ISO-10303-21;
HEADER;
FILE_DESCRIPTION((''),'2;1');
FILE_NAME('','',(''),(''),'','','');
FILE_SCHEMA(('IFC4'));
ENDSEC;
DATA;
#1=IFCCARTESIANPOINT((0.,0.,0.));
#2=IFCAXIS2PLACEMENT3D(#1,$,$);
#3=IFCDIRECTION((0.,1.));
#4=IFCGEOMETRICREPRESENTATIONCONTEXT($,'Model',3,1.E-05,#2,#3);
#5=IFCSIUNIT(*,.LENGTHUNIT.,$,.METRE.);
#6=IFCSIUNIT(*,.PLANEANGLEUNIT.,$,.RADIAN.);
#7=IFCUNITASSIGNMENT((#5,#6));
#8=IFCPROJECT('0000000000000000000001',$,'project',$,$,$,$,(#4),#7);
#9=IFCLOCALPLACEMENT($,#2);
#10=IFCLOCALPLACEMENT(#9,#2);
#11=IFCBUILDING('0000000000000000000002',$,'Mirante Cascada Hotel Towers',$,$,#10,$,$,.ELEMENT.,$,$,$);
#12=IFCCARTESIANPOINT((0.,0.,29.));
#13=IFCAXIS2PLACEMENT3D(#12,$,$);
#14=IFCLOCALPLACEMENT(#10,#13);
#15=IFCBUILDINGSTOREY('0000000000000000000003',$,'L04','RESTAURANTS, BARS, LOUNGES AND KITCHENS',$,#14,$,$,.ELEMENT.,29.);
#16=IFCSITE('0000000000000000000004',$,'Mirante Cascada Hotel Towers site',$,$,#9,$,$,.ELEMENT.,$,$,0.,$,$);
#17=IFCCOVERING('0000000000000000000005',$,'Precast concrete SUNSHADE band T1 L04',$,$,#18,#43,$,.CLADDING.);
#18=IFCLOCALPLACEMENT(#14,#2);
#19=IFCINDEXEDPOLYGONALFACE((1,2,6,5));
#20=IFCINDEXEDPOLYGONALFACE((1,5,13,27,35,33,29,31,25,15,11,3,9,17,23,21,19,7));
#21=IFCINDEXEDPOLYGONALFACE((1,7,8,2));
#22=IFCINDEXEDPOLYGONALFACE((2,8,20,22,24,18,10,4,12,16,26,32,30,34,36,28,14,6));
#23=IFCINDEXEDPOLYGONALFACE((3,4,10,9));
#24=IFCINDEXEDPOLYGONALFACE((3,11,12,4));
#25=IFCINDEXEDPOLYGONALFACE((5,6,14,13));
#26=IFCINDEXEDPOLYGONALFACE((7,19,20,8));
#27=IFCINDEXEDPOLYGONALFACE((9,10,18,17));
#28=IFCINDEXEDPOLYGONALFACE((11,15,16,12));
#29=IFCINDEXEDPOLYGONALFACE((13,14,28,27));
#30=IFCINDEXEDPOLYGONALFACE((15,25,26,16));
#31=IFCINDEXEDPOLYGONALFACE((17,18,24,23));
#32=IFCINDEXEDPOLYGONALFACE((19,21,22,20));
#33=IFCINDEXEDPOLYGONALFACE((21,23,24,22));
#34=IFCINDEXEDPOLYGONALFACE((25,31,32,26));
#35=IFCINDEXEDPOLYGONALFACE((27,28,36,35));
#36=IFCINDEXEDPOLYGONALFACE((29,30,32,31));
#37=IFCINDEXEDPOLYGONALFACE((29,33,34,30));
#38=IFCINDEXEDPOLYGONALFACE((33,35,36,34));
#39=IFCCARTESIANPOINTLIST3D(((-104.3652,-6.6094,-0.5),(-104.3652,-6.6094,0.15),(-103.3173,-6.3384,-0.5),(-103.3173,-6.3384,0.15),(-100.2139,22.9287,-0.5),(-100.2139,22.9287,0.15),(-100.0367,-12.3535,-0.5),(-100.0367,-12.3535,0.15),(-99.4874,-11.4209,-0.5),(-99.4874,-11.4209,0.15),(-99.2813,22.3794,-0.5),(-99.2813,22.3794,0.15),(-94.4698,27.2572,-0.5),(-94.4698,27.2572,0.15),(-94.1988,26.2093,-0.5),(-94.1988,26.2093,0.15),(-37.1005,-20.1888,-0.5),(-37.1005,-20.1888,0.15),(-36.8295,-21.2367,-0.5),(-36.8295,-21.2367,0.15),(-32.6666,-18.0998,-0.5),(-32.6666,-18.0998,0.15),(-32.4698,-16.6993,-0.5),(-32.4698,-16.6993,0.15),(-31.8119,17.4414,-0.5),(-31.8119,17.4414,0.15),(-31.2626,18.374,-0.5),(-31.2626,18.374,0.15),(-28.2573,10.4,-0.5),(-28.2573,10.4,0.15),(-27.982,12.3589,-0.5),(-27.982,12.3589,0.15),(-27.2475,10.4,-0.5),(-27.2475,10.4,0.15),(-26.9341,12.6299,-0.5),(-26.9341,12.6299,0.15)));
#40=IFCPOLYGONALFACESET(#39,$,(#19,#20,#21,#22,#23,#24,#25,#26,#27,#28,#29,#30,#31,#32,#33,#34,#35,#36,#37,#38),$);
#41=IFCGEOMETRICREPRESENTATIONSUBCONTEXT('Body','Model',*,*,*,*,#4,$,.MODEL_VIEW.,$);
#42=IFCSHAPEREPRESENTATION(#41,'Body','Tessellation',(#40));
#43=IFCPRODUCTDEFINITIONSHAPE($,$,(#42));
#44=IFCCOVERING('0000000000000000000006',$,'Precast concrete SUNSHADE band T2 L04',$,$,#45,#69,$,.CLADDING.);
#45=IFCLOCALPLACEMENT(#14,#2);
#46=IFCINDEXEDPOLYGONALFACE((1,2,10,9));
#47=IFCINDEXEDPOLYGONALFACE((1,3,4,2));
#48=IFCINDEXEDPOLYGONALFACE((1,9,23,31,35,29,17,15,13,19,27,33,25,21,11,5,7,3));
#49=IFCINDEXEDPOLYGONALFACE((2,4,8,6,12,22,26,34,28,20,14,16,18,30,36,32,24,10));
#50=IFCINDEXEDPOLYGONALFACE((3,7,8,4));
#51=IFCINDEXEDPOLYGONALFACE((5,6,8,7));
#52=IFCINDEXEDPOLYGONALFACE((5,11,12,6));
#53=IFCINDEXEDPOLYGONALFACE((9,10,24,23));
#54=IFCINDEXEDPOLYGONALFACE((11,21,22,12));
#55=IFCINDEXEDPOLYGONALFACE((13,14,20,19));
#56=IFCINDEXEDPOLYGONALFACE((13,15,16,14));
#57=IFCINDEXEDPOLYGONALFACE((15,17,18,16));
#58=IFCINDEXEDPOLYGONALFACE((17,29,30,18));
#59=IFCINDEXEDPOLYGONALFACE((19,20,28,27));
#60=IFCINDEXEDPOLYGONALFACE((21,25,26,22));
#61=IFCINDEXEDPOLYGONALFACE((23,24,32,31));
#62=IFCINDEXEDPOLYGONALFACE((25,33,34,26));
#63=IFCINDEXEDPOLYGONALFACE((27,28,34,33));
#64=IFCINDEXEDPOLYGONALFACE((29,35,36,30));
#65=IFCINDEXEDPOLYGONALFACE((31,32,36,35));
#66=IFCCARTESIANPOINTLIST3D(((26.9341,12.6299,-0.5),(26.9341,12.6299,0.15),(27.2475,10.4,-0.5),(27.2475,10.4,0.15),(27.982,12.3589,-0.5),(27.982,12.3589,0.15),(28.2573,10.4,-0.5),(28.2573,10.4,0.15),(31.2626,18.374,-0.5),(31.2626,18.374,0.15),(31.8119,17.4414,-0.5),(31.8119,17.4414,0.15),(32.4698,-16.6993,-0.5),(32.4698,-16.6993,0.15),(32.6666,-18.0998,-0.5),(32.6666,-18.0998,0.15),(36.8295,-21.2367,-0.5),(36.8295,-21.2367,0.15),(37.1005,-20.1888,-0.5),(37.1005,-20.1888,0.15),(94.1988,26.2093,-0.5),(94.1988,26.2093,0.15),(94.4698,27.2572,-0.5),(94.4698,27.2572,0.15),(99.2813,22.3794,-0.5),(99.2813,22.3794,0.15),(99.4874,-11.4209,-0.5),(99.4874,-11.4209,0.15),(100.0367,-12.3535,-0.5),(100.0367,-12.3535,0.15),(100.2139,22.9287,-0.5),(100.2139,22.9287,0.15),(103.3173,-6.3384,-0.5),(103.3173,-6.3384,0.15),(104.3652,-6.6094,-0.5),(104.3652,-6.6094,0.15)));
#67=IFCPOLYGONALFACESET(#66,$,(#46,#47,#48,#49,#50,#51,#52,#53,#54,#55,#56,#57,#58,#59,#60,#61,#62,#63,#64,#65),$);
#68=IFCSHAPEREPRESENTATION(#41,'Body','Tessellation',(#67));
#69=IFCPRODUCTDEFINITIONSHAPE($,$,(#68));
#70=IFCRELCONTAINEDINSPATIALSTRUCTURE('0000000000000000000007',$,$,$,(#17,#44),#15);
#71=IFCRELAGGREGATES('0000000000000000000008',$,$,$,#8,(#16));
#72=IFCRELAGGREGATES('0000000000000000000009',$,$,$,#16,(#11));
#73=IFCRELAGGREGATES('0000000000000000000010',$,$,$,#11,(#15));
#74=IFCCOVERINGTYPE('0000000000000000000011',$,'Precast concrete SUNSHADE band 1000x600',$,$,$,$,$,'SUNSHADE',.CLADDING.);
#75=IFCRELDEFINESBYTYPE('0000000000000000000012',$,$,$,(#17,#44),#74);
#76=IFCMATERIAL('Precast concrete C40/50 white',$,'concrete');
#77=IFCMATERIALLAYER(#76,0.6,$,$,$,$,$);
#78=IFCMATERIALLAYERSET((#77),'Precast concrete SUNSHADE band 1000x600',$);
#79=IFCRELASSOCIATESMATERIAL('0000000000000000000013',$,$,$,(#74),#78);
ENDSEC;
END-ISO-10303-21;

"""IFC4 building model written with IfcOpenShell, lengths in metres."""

from ifc_helpers import new_model, si_unit, direction, frame, origin, place, context, subcontext, project, spatial, polyline, outline, extrude, material, layer, layer_set, type_object, element, save


model = new_model("IFC4")

# Units and contexts
model_context = context("Model", 3, precision=1e-05, world=origin(), true_north=direction((0.0, 1.0)))
body_context = subcontext(model_context, "Body", "Model", "MODEL_VIEW")
ifc_project = project(units=[si_unit("LENGTHUNIT", "METRE"), si_unit("PLANEANGLEUNIT", "RADIAN")], contexts=[model_context])

# Site, building, storey
site_placement = place(None, origin())
site = spatial("IfcSite", under=ifc_project, at=site_placement, Name="Mirante Cascada Hotel Towers site", CompositionType="ELEMENT", RefElevation=0.0)
building_placement = place(site_placement, origin())
building = spatial("IfcBuilding", under=site, at=building_placement, Name="Mirante Cascada Hotel Towers", CompositionType="ELEMENT")
storey_placement = place(building_placement, frame((0.0, 0.0, 29.0)))
storey = spatial("IfcBuildingStorey", under=building, at=storey_placement, Name="L04", Description="RESTAURANTS, BARS, LOUNGES AND KITCHENS", CompositionType="ELEMENT", Elevation=29.0)

# Coverings
ifc_material_1 = material(Name="Precast concrete C40/50 white", Category="concrete")
ifc_layer_1 = layer(ifc_material_1, 0.6)
ifc_layer_set_1 = layer_set([ifc_layer_1], Name="Precast concrete SUNSHADE band 1000x600")
covering_type = type_object("IfcCoveringType", Name="Precast concrete SUNSHADE band 1000x600", ElementType="SUNSHADE", PredefinedType="CLADDING", material=ifc_layer_set_1)
covering_1_placement = place(storey_placement, frame((0.0, 0.0, -0.5)))
element("IfcCovering", 1, at=covering_1_placement, inside=storey, type_object=covering_type, Name="Precast concrete SUNSHADE band T1 L04", PredefinedType="CLADDING", context=body_context, shape_type="SweptSolid", body=[
    extrude(outline(polyline([(-100.2139, 22.9287), (-94.4698, 27.2572), (-31.2626, 18.374), (-26.9341, 12.6299), (-27.2475, 10.4), (-28.2573, 10.4), (-27.982, 12.3589), (-31.8119, 17.4414), (-94.1988, 26.2093), (-99.2813, 22.3794), (-103.3173, -6.3384), (-99.4874, -11.4209), (-37.1005, -20.1888), (-32.4698, -16.6993), (-32.6666, -18.0998), (-36.8295, -21.2367), (-100.0367, -12.3535), (-104.3652, -6.6094), (-100.2139, 22.9287)])), origin(), (0.0, 0.0, 1.0), 0.65),
])
covering_2_placement = place(storey_placement, frame((0.0, 0.0, -0.5)))
element("IfcCovering", 2, at=covering_2_placement, inside=storey, type_object=covering_type, Name="Precast concrete SUNSHADE band T2 L04", PredefinedType="CLADDING", context=body_context, shape_type="SweptSolid", body=[
    extrude(outline(polyline([(31.2626, 18.374), (94.4698, 27.2572), (100.2139, 22.9287), (104.3652, -6.6094), (100.0367, -12.3535), (36.8295, -21.2367), (32.6666, -18.0998), (32.4698, -16.6993), (37.1005, -20.1888), (99.4874, -11.4209), (103.3173, -6.3384), (99.2813, 22.3794), (94.1988, 26.2093), (31.8119, 17.4414), (27.982, 12.3589), (28.2573, 10.4), (27.2475, 10.4), (26.9341, 12.6299), (31.2626, 18.374)])), origin(), (0.0, 0.0, 1.0), 0.65),
])

save(model, "model.ifc")
